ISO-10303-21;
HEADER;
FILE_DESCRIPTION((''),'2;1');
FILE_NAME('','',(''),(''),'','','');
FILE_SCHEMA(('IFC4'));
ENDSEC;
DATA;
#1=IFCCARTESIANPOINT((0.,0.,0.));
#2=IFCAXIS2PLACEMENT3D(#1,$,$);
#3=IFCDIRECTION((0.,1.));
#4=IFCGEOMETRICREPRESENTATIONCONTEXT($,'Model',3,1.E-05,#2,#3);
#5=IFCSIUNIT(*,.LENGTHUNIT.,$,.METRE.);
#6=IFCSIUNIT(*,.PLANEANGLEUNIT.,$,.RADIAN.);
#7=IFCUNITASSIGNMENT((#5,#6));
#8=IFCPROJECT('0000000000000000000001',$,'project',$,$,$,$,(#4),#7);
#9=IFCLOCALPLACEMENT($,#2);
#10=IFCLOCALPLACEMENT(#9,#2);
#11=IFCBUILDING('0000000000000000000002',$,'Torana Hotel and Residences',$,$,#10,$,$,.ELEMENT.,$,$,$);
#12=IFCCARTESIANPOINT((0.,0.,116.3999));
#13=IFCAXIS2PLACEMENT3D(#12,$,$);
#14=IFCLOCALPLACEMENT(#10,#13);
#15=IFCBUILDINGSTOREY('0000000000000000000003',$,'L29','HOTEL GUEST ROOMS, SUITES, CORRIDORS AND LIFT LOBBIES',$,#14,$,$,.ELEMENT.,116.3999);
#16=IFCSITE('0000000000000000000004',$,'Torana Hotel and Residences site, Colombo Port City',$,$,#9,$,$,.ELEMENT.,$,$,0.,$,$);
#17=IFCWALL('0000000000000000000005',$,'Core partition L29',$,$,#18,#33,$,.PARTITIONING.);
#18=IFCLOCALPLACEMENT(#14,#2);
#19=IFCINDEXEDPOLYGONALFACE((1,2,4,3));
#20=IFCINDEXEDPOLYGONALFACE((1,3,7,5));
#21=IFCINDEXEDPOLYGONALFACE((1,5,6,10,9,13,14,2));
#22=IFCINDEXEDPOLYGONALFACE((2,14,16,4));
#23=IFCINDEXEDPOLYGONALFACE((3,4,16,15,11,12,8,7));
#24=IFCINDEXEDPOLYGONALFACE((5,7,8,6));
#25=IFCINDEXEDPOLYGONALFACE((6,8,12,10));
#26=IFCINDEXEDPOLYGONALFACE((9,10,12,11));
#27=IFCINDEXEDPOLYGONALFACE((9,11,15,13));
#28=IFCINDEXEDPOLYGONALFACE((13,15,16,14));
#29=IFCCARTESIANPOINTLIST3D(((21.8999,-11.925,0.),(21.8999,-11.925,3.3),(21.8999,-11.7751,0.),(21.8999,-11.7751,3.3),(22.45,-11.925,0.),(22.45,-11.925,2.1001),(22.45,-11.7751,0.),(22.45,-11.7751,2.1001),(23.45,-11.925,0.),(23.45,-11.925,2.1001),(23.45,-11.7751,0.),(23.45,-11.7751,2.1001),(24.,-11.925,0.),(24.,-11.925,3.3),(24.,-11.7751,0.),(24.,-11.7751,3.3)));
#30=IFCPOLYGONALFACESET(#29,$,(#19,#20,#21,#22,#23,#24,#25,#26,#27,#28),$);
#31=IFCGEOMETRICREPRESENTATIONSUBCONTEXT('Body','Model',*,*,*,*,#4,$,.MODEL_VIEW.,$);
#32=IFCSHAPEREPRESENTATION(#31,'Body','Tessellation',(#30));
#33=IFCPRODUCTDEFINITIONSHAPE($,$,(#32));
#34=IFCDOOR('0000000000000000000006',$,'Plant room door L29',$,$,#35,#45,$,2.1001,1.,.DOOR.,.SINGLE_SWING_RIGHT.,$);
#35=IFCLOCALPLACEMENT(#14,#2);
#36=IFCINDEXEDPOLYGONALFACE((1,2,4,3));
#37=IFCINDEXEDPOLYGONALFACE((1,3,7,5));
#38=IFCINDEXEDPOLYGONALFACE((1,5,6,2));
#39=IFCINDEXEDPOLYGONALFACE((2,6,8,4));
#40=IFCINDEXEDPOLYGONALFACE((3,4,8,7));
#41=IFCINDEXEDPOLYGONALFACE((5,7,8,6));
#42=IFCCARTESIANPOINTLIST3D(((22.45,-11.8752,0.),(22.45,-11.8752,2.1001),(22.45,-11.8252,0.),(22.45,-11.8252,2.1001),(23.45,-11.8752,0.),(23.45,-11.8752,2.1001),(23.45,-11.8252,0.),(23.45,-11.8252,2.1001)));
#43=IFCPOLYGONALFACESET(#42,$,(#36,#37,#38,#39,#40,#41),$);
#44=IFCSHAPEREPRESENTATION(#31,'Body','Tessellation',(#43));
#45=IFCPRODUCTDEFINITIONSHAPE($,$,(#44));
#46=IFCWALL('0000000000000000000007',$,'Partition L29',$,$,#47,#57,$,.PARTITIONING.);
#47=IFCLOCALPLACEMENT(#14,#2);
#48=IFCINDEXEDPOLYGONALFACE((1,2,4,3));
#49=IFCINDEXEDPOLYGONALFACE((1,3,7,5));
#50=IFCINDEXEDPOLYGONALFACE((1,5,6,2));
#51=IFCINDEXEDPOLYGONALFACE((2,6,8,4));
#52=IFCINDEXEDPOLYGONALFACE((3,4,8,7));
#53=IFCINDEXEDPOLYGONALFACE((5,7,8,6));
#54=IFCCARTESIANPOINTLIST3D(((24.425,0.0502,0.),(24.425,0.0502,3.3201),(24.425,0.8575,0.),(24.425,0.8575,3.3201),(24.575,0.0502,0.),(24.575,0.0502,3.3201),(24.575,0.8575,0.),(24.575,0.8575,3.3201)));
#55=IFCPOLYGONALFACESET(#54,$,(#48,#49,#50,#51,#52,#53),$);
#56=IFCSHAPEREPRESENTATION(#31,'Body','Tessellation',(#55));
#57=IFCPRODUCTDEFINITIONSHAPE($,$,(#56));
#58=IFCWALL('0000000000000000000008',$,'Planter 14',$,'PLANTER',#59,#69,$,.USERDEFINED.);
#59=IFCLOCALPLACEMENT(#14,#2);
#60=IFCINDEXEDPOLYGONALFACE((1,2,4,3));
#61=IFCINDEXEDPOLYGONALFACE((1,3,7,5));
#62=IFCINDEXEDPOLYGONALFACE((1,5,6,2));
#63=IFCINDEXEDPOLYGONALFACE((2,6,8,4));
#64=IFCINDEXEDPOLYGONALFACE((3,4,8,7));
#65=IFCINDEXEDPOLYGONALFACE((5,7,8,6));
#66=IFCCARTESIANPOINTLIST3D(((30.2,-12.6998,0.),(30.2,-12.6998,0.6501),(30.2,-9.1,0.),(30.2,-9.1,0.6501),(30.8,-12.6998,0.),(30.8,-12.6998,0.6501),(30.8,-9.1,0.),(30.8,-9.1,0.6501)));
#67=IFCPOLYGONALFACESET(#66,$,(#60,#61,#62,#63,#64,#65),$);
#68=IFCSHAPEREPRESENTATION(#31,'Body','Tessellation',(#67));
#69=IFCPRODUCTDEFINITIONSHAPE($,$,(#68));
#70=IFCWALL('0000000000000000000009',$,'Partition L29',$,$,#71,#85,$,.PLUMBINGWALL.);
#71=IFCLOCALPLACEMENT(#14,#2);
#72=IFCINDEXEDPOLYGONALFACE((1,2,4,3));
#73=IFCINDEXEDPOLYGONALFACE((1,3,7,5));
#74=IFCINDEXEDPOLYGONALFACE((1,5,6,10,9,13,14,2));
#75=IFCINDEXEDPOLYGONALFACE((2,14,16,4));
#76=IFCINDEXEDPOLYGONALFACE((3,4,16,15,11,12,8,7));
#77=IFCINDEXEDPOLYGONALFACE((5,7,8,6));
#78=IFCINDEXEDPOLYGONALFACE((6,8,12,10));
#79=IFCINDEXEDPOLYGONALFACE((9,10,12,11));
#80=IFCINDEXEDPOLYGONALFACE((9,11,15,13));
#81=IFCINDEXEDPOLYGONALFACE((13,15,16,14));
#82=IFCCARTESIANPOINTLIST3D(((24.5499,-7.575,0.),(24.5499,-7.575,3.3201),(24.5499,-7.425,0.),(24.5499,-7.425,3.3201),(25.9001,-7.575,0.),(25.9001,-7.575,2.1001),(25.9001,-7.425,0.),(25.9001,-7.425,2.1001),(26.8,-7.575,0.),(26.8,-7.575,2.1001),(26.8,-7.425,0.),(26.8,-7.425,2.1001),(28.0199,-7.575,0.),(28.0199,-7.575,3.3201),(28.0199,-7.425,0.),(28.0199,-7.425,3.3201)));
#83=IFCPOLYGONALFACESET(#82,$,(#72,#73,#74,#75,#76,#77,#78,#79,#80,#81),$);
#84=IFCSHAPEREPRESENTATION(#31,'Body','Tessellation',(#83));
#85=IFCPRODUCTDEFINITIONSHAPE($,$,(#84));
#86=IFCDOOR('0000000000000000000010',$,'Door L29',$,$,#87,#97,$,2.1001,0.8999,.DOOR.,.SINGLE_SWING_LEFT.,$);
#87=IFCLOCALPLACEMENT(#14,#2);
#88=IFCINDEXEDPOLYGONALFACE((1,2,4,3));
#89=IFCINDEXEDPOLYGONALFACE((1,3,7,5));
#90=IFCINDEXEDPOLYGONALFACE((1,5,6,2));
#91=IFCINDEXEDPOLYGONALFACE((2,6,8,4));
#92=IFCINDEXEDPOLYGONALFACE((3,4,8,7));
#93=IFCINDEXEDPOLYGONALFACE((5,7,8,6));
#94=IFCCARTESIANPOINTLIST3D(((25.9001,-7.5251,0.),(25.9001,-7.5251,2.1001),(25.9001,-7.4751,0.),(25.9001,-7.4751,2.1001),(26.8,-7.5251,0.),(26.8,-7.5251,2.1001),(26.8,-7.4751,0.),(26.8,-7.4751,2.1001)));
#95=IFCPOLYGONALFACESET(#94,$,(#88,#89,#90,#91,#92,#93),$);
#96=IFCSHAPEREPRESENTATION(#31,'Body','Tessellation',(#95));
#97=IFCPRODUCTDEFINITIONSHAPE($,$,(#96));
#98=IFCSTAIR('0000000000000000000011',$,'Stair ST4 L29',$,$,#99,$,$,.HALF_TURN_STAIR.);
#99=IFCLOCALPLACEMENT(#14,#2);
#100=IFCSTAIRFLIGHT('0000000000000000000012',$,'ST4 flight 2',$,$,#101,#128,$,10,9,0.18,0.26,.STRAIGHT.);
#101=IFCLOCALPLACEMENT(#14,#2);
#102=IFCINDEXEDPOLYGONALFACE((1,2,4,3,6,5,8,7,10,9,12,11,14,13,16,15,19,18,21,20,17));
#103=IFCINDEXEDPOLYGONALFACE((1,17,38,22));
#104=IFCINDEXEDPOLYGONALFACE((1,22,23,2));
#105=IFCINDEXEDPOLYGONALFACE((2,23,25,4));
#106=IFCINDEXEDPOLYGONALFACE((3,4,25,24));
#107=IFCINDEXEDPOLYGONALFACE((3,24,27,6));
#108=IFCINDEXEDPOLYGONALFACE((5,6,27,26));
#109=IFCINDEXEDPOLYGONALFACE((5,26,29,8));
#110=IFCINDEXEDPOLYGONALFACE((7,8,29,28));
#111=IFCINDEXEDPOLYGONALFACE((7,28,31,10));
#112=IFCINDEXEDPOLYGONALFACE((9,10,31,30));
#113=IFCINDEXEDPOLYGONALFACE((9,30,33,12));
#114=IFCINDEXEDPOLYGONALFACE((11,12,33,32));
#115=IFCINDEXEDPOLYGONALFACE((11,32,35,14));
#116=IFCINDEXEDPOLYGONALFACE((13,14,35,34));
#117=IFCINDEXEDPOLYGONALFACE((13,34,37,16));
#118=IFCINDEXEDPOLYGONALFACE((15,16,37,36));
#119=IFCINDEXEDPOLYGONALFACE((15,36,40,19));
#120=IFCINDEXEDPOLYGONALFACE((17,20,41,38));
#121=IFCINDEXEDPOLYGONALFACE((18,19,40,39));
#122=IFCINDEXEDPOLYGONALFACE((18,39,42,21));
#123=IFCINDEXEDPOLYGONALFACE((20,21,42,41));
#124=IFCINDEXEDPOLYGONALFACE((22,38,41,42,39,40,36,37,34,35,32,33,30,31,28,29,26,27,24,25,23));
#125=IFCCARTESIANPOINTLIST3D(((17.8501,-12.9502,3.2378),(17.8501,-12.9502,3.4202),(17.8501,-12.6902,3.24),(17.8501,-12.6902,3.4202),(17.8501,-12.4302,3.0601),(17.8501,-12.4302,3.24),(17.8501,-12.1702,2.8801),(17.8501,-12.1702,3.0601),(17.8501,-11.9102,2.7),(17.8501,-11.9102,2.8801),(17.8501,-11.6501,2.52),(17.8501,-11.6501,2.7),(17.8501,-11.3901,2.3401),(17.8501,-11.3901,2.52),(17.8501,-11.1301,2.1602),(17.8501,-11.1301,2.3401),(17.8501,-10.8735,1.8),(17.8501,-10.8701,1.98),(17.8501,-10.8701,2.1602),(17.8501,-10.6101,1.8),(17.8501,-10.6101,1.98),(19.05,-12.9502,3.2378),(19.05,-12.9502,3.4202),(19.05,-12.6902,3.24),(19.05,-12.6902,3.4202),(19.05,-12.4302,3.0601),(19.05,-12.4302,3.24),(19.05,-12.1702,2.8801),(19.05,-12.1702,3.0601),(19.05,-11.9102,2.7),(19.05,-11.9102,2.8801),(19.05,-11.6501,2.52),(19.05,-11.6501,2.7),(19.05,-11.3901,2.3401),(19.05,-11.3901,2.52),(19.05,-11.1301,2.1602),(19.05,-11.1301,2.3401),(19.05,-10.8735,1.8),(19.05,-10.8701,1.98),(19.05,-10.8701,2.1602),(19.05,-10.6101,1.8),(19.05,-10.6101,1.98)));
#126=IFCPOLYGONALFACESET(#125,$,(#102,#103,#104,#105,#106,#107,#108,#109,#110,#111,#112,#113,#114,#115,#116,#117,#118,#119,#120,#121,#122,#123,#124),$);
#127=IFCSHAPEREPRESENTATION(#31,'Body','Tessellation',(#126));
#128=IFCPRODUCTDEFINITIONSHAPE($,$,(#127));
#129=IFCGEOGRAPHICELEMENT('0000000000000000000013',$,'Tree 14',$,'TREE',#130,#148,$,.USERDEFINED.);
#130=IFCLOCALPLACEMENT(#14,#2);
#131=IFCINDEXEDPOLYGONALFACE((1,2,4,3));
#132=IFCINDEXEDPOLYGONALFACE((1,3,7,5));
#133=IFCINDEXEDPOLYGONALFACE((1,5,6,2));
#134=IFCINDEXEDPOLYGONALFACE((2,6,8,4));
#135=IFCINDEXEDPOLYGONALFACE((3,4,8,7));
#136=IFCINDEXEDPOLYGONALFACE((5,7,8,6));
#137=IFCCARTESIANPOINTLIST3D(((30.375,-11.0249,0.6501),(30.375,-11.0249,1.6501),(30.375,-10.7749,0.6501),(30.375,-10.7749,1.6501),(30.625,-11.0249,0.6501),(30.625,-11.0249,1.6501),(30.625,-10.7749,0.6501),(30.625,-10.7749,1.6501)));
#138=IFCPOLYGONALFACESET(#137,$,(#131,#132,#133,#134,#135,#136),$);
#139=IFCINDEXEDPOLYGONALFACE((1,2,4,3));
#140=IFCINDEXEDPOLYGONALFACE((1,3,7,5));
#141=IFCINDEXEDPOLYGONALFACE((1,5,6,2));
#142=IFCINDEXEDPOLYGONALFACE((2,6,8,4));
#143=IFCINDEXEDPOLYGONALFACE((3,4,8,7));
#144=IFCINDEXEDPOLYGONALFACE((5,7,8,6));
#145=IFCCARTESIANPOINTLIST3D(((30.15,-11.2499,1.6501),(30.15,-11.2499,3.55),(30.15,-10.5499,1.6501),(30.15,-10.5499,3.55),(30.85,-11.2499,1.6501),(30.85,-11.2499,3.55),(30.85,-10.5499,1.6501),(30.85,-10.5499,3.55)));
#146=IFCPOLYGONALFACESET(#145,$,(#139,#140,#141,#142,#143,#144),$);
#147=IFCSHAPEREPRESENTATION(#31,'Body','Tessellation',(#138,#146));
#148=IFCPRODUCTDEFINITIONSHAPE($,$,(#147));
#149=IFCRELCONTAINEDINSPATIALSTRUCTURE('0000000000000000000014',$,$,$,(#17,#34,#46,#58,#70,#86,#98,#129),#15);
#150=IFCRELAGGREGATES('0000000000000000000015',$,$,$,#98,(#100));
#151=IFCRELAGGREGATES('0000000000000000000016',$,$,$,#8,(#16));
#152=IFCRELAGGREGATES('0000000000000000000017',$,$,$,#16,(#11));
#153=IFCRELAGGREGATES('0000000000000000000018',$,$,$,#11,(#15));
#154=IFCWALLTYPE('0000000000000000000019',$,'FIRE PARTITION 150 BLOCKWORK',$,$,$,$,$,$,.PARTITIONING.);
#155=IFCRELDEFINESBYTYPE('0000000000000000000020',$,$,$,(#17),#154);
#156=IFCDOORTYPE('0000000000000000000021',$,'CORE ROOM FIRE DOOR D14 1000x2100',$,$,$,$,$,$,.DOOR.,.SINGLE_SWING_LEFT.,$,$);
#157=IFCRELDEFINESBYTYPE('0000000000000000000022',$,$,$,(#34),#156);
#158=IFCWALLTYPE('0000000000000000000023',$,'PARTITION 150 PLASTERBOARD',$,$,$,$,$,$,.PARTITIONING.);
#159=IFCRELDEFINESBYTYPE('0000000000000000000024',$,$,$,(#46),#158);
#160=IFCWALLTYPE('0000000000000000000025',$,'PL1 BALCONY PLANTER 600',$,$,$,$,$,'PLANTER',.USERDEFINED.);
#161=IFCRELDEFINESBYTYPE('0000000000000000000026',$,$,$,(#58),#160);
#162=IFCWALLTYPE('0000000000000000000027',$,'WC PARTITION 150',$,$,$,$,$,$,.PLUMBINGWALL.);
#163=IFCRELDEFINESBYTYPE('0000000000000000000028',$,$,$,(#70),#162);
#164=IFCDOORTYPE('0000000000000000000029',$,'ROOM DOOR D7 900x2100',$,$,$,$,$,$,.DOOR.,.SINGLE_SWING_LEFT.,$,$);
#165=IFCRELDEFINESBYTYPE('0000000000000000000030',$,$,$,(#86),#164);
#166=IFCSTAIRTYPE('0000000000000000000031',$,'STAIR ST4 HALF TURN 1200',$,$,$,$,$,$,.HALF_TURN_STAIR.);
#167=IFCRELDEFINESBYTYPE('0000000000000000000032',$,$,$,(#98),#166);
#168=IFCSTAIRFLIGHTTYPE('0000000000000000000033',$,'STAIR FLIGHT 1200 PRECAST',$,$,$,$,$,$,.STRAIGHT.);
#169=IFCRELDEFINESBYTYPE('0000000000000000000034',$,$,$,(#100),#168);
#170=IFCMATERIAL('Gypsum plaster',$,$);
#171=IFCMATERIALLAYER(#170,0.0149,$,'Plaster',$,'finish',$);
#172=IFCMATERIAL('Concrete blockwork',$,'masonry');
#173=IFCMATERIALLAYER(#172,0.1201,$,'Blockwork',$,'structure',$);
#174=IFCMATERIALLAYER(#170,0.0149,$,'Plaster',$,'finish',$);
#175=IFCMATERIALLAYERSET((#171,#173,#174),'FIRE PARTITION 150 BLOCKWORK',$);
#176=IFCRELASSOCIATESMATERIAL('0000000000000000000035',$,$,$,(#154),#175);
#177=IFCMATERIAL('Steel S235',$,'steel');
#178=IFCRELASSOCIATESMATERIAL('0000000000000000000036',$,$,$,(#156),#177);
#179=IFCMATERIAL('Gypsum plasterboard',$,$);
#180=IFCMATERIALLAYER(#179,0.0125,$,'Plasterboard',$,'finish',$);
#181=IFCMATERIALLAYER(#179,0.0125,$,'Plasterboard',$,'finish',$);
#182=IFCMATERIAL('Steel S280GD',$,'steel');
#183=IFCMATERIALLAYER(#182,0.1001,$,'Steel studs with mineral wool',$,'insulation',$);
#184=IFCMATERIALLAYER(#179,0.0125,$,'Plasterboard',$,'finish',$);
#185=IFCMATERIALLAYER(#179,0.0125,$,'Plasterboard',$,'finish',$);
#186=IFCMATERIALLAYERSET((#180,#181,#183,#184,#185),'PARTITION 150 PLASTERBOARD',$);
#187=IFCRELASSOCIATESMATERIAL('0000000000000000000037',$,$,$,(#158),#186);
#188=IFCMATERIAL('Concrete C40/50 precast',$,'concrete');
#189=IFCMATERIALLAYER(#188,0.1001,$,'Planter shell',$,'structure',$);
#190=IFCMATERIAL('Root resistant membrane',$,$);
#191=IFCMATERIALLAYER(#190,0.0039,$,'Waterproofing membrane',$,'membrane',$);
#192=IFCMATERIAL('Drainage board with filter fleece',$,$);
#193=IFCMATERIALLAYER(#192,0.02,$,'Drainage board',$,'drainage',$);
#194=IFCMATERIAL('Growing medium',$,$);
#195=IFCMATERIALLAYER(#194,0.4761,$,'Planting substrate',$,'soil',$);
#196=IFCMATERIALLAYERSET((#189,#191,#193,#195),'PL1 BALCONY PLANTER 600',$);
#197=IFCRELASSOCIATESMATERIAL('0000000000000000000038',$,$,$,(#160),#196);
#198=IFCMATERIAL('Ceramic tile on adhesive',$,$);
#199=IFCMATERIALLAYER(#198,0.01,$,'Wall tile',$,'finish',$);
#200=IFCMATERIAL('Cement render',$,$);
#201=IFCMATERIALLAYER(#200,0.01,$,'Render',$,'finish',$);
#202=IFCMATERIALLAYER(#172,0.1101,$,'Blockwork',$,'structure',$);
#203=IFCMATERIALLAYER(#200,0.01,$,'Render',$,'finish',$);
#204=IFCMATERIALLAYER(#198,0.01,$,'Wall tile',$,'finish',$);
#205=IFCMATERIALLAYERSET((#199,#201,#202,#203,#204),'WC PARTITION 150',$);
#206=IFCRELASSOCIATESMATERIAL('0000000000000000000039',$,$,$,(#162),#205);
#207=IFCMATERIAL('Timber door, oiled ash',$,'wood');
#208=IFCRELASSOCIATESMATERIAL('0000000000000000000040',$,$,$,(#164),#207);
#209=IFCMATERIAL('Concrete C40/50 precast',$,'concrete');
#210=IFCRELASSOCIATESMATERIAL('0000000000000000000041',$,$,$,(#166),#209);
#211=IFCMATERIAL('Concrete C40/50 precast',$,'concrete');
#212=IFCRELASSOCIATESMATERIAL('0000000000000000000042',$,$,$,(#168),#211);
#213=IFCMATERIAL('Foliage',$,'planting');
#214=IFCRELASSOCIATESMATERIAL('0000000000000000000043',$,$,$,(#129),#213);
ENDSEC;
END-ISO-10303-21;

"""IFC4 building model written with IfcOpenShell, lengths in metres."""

from ifc_helpers import new_model, si_unit, direction, frame, frame_2d, origin, origin_2d, place, context, subcontext, project, spatial, polyline, rectangle, outline, extrude, material, layer, layer_set, type_object, element, fill, aggregate, save


model = new_model("IFC4")

# Units and contexts
model_context = context("Model", 3, precision=1e-05, world=origin(), true_north=direction((0.0, 1.0)))
body_context = subcontext(model_context, "Body", "Model", "MODEL_VIEW")
ifc_project = project(units=[si_unit("LENGTHUNIT", "METRE"), si_unit("PLANEANGLEUNIT", "RADIAN")], contexts=[model_context])

# Site, building, storey
site_placement = place(None, origin())
site = spatial("IfcSite", under=ifc_project, at=site_placement, Name="Torana Hotel and Residences site, Colombo Port City", CompositionType="ELEMENT", RefElevation=0.0)
building_placement = place(site_placement, origin())
building = spatial("IfcBuilding", under=site, at=building_placement, Name="Torana Hotel and Residences", CompositionType="ELEMENT")
storey_placement = place(building_placement, frame((0.0, 0.0, 116.3999)))
storey = spatial("IfcBuildingStorey", under=building, at=storey_placement, Name="L29", Description="HOTEL GUEST ROOMS, SUITES, CORRIDORS AND LIFT LOBBIES", CompositionType="ELEMENT", Elevation=116.3999)

# Shared definitions
ifc_material_1 = material(Name="Steel S280GD", Category="steel")

# Shared definitions
ifc_material_2 = material(Name="Concrete C40/50 precast", Category="concrete")

# Wall, opening, door
ifc_material_3 = material(Name="Gypsum plaster")
ifc_layer_1 = layer(ifc_material_3, 0.0149, Name="Plaster", Category="finish")
ifc_material_4 = material(Name="Concrete blockwork", Category="masonry")
ifc_layer_2 = layer(ifc_material_4, 0.1201, Name="Blockwork", Category="structure")
ifc_layer_3 = layer(ifc_material_3, 0.0149, Name="Plaster", Category="finish")
ifc_layer_set_1 = layer_set([ifc_layer_1, ifc_layer_2, ifc_layer_3], Name="FIRE PARTITION 150 BLOCKWORK")
wall_type_1 = type_object("IfcWallType", Name="FIRE PARTITION 150 BLOCKWORK", PredefinedType="PARTITIONING", material=ifc_layer_set_1)
wall_1_placement = place(storey_placement, frame((21.8999, -11.8501, 0.0), z_axis=(0.0, 0.0, 1.0), x_axis=(1.0, 0.0, 0.0)))
wall_1 = element("IfcWall", 1, at=wall_1_placement, inside=storey, type_object=wall_type_1, Name="Core partition L29", PredefinedType="PARTITIONING", context=body_context, shape_type="SweptSolid", body=[
    extrude(rectangle(XDim=2.1001, YDim=0.1499, at=frame_2d((1.05, 0.0))), origin(), (0.0, 0.0, 1.0), 3.3),
])
opening_1_placement = place(wall_1_placement, frame((0.55, 0.0, 0.0)))
opening_1 = element("IfcOpeningElement", 2, at=opening_1_placement, cuts=wall_1, PredefinedType="OPENING", context=body_context, shape_type="SweptSolid", body=[
    extrude(rectangle(XDim=1.0, YDim=2.1001, at=frame_2d((0.5, 1.05))), frame((0.0, 0.085, 0.0), z_axis=(0.0, -1.0, 0.0), x_axis=(1.0, 0.0, 0.0)), (0.0, 0.0, 1.0), 0.1699),
])
ifc_material_5 = material(Name="Steel S235", Category="steel")
door_type_1 = type_object("IfcDoorType", Name="CORE ROOM FIRE DOOR D14 1000x2100", OperationType="SINGLE_SWING_LEFT", PredefinedType="DOOR", material=ifc_material_5)
door_1_placement = place(opening_1_placement, origin())
door_1 = element("IfcDoor", 3, at=door_1_placement, inside=storey, type_object=door_type_1, Name="Plant room door L29", OperationType="SINGLE_SWING_RIGHT", OverallHeight=2.1001, OverallWidth=1.0, PredefinedType="DOOR", context=body_context, shape_type="SweptSolid", body=[
    extrude(rectangle(XDim=1.0, YDim=2.1001, at=frame_2d((0.5, 1.05))), frame((0.0, 0.0249, 0.0), z_axis=(0.0, -1.0, 0.0), x_axis=(1.0, 0.0, 0.0)), (0.0, 0.0, 1.0), 0.05),
])
fill(opening_1, door_1)

# Walls
ifc_material_6 = material(Name="Gypsum plasterboard")
ifc_layer_4 = layer(ifc_material_6, 0.0125, Name="Plasterboard", Category="finish")
ifc_layer_5 = layer(ifc_material_6, 0.0125, Name="Plasterboard", Category="finish")
ifc_layer_6 = layer(ifc_material_1, 0.1001, Name="Steel studs with mineral wool", Category="insulation")
ifc_layer_7 = layer(ifc_material_6, 0.0125, Name="Plasterboard", Category="finish")
ifc_layer_8 = layer(ifc_material_6, 0.0125, Name="Plasterboard", Category="finish")
ifc_layer_set_2 = layer_set([ifc_layer_4, ifc_layer_5, ifc_layer_6, ifc_layer_7, ifc_layer_8], Name="PARTITION 150 PLASTERBOARD")
wall_type_2 = type_object("IfcWallType", Name="PARTITION 150 PLASTERBOARD", PredefinedType="PARTITIONING", material=ifc_layer_set_2)
wall_2_placement = place(storey_placement, frame((24.5, 0.05, 0.0), z_axis=(0.0, 0.0, 1.0), x_axis=(0.0, 1.0, 0.0)))
element("IfcWall", 4, at=wall_2_placement, inside=storey, type_object=wall_type_2, Name="Partition L29", PredefinedType="PARTITIONING", context=body_context, shape_type="SweptSolid", body=[
    extrude(rectangle(XDim=0.8074, YDim=0.1499, at=frame_2d((0.4038, 0.0))), origin(), (0.0, 0.0, 1.0), 3.3201),
])
ifc_layer_9 = layer(ifc_material_2, 0.1001, Name="Planter shell", Category="structure")
ifc_material_7 = material(Name="Root resistant membrane")
ifc_layer_10 = layer(ifc_material_7, 0.0039, Name="Waterproofing membrane", Category="membrane")
ifc_material_8 = material(Name="Drainage board with filter fleece")
ifc_layer_11 = layer(ifc_material_8, 0.02, Name="Drainage board", Category="drainage")
ifc_material_9 = material(Name="Growing medium")
ifc_layer_12 = layer(ifc_material_9, 0.4761, Name="Planting substrate", Category="soil")
ifc_layer_set_3 = layer_set([ifc_layer_9, ifc_layer_10, ifc_layer_11, ifc_layer_12], Name="PL1 BALCONY PLANTER 600")
wall_type_3 = type_object("IfcWallType", Name="PL1 BALCONY PLANTER 600", ElementType="PLANTER", PredefinedType="USERDEFINED", material=ifc_layer_set_3)
wall_3_placement = place(storey_placement, frame((30.5, -9.1001, 0.0), z_axis=(0.0, 0.0, 1.0), x_axis=(0.0, -1.0, 0.0)))
element("IfcWall", 5, at=wall_3_placement, inside=storey, type_object=wall_type_3, Name="Planter 14", ObjectType="PLANTER", PredefinedType="USERDEFINED", context=body_context, shape_type="SweptSolid", body=[
    extrude(rectangle(XDim=3.5999, YDim=0.6001, at=frame_2d((1.7998, 0.0))), origin(), (0.0, 0.0, 1.0), 0.6501),
])

# Wall, opening, door
ifc_material_10 = material(Name="Ceramic tile on adhesive")
ifc_layer_13 = layer(ifc_material_10, 0.01, Name="Wall tile", Category="finish")
ifc_material_11 = material(Name="Cement render")
ifc_layer_14 = layer(ifc_material_11, 0.01, Name="Render", Category="finish")
ifc_layer_15 = layer(ifc_material_4, 0.1101, Name="Blockwork", Category="structure")
ifc_layer_16 = layer(ifc_material_11, 0.01, Name="Render", Category="finish")
ifc_layer_17 = layer(ifc_material_10, 0.01, Name="Wall tile", Category="finish")
ifc_layer_set_4 = layer_set([ifc_layer_13, ifc_layer_14, ifc_layer_15, ifc_layer_16, ifc_layer_17], Name="WC PARTITION 150")
wall_type_4 = type_object("IfcWallType", Name="WC PARTITION 150", PredefinedType="PLUMBINGWALL", material=ifc_layer_set_4)
wall_4_placement = place(storey_placement, frame((24.55, -7.5, 0.0), z_axis=(0.0, 0.0, 1.0), x_axis=(1.0, 0.0, 0.0)))
wall_4 = element("IfcWall", 6, at=wall_4_placement, inside=storey, type_object=wall_type_4, Name="Partition L29", PredefinedType="PLUMBINGWALL", context=body_context, shape_type="SweptSolid", body=[
    extrude(rectangle(XDim=3.47, YDim=0.1499, at=frame_2d((1.7349, 0.0))), origin(), (0.0, 0.0, 1.0), 3.3201),
])
opening_2_placement = place(wall_4_placement, frame((1.3501, 0.0, 0.0)))
opening_2 = element("IfcOpeningElement", 7, at=opening_2_placement, cuts=wall_4, PredefinedType="OPENING", context=body_context, shape_type="SweptSolid", body=[
    extrude(rectangle(XDim=0.8999, YDim=2.1001, at=frame_2d((0.45, 1.05))), frame((0.0, 0.085, 0.0), z_axis=(0.0, -1.0, 0.0), x_axis=(1.0, 0.0, 0.0)), (0.0, 0.0, 1.0), 0.1699),
])
ifc_material_12 = material(Name="Timber door, oiled ash", Category="wood")
door_type_2 = type_object("IfcDoorType", Name="ROOM DOOR D7 900x2100", OperationType="SINGLE_SWING_LEFT", PredefinedType="DOOR", material=ifc_material_12)
door_2_placement = place(opening_2_placement, origin())
door_2 = element("IfcDoor", 8, at=door_2_placement, inside=storey, type_object=door_type_2, Name="Door L29", OperationType="SINGLE_SWING_LEFT", OverallHeight=2.1001, OverallWidth=0.8999, PredefinedType="DOOR", context=body_context, shape_type="SweptSolid", body=[
    extrude(rectangle(XDim=0.8999, YDim=2.1001, at=frame_2d((0.45, 1.05))), frame((0.0, 0.0249, 0.0), z_axis=(0.0, -1.0, 0.0), x_axis=(1.0, 0.0, 0.0)), (0.0, 0.0, 1.0), 0.05),
])
fill(opening_2, door_2)

# Stair, stair flight
ifc_material_13 = material(Name="Concrete C40/50 precast", Category="concrete")
stair_type = type_object("IfcStairType", Name="STAIR ST4 HALF TURN 1200", PredefinedType="HALF_TURN_STAIR", material=ifc_material_13)
stair_placement = place(storey_placement, origin())
stair = element("IfcStair", 9, at=stair_placement, inside=storey, type_object=stair_type, Name="Stair ST4 L29", PredefinedType="HALF_TURN_STAIR")
ifc_material_14 = material(Name="Concrete C40/50 precast", Category="concrete")
stair_flight_type = type_object("IfcStairFlightType", Name="STAIR FLIGHT 1200 PRECAST", PredefinedType="STRAIGHT", material=ifc_material_14)
stair_flight_placement = place(storey_placement, frame((18.45, -10.6101, 1.8), z_axis=(0.0, 0.0, 1.0), x_axis=(0.0, -1.0, 0.0)))
stair_flight = element("IfcStairFlight", 10, at=stair_flight_placement, type_object=stair_flight_type, Name="ST4 flight 2", NumberOfRisers=10, NumberOfTreads=9, PredefinedType="STRAIGHT", RiserHeight=0.18, TreadLength=0.26, context=body_context, shape_type="SweptSolid", body=[
    extrude(outline(polyline([(0.0, 0.0), (0.0, 0.1799), (0.26, 0.1799), (0.26, 0.3601), (0.52, 0.3601), (0.52, 0.54), (0.78, 0.54), (0.78, 0.72), (1.04, 0.72), (1.04, 0.8999), (1.3, 0.8999), (1.3, 1.0801), (1.5601, 1.0801), (1.5601, 1.26), (1.8201, 1.26), (1.8201, 1.4399), (2.0801, 1.4399), (2.0801, 1.6201), (2.3401, 1.6201), (2.3401, 1.8), (2.3401, 1.4377), (0.2634, 0.0), (0.0, 0.0)])), frame((0.0, 0.6001, 0.0), z_axis=(0.0, -1.0, 0.0), x_axis=(1.0, 0.0, 0.0)), (0.0, 0.0, 1.0), 1.2),
])
aggregate(stair, [stair_flight])

# Geographic element
ifc_material_15 = material(Name="Foliage", Category="planting")
geographic_element_placement = place(storey_placement, frame((30.5, -10.8999, 0.6501), z_axis=(0.0, 0.0, 1.0), x_axis=(1.0, 0.0, 0.0)))
element("IfcGeographicElement", 11, at=geographic_element_placement, inside=storey, material=ifc_material_15, Name="Tree 14", ObjectType="TREE", PredefinedType="USERDEFINED", context=body_context, shape_type="SweptSolid", body=[
    extrude(rectangle(XDim=0.25, YDim=0.25, at=origin_2d()), origin(), (0.0, 0.0, 1.0), 1.0),
    extrude(rectangle(XDim=0.7, YDim=0.7, at=origin_2d()), frame((0.0, 0.0, 1.0)), (0.0, 0.0, 1.0), 1.8999),
])

save(model, "model.ifc")
